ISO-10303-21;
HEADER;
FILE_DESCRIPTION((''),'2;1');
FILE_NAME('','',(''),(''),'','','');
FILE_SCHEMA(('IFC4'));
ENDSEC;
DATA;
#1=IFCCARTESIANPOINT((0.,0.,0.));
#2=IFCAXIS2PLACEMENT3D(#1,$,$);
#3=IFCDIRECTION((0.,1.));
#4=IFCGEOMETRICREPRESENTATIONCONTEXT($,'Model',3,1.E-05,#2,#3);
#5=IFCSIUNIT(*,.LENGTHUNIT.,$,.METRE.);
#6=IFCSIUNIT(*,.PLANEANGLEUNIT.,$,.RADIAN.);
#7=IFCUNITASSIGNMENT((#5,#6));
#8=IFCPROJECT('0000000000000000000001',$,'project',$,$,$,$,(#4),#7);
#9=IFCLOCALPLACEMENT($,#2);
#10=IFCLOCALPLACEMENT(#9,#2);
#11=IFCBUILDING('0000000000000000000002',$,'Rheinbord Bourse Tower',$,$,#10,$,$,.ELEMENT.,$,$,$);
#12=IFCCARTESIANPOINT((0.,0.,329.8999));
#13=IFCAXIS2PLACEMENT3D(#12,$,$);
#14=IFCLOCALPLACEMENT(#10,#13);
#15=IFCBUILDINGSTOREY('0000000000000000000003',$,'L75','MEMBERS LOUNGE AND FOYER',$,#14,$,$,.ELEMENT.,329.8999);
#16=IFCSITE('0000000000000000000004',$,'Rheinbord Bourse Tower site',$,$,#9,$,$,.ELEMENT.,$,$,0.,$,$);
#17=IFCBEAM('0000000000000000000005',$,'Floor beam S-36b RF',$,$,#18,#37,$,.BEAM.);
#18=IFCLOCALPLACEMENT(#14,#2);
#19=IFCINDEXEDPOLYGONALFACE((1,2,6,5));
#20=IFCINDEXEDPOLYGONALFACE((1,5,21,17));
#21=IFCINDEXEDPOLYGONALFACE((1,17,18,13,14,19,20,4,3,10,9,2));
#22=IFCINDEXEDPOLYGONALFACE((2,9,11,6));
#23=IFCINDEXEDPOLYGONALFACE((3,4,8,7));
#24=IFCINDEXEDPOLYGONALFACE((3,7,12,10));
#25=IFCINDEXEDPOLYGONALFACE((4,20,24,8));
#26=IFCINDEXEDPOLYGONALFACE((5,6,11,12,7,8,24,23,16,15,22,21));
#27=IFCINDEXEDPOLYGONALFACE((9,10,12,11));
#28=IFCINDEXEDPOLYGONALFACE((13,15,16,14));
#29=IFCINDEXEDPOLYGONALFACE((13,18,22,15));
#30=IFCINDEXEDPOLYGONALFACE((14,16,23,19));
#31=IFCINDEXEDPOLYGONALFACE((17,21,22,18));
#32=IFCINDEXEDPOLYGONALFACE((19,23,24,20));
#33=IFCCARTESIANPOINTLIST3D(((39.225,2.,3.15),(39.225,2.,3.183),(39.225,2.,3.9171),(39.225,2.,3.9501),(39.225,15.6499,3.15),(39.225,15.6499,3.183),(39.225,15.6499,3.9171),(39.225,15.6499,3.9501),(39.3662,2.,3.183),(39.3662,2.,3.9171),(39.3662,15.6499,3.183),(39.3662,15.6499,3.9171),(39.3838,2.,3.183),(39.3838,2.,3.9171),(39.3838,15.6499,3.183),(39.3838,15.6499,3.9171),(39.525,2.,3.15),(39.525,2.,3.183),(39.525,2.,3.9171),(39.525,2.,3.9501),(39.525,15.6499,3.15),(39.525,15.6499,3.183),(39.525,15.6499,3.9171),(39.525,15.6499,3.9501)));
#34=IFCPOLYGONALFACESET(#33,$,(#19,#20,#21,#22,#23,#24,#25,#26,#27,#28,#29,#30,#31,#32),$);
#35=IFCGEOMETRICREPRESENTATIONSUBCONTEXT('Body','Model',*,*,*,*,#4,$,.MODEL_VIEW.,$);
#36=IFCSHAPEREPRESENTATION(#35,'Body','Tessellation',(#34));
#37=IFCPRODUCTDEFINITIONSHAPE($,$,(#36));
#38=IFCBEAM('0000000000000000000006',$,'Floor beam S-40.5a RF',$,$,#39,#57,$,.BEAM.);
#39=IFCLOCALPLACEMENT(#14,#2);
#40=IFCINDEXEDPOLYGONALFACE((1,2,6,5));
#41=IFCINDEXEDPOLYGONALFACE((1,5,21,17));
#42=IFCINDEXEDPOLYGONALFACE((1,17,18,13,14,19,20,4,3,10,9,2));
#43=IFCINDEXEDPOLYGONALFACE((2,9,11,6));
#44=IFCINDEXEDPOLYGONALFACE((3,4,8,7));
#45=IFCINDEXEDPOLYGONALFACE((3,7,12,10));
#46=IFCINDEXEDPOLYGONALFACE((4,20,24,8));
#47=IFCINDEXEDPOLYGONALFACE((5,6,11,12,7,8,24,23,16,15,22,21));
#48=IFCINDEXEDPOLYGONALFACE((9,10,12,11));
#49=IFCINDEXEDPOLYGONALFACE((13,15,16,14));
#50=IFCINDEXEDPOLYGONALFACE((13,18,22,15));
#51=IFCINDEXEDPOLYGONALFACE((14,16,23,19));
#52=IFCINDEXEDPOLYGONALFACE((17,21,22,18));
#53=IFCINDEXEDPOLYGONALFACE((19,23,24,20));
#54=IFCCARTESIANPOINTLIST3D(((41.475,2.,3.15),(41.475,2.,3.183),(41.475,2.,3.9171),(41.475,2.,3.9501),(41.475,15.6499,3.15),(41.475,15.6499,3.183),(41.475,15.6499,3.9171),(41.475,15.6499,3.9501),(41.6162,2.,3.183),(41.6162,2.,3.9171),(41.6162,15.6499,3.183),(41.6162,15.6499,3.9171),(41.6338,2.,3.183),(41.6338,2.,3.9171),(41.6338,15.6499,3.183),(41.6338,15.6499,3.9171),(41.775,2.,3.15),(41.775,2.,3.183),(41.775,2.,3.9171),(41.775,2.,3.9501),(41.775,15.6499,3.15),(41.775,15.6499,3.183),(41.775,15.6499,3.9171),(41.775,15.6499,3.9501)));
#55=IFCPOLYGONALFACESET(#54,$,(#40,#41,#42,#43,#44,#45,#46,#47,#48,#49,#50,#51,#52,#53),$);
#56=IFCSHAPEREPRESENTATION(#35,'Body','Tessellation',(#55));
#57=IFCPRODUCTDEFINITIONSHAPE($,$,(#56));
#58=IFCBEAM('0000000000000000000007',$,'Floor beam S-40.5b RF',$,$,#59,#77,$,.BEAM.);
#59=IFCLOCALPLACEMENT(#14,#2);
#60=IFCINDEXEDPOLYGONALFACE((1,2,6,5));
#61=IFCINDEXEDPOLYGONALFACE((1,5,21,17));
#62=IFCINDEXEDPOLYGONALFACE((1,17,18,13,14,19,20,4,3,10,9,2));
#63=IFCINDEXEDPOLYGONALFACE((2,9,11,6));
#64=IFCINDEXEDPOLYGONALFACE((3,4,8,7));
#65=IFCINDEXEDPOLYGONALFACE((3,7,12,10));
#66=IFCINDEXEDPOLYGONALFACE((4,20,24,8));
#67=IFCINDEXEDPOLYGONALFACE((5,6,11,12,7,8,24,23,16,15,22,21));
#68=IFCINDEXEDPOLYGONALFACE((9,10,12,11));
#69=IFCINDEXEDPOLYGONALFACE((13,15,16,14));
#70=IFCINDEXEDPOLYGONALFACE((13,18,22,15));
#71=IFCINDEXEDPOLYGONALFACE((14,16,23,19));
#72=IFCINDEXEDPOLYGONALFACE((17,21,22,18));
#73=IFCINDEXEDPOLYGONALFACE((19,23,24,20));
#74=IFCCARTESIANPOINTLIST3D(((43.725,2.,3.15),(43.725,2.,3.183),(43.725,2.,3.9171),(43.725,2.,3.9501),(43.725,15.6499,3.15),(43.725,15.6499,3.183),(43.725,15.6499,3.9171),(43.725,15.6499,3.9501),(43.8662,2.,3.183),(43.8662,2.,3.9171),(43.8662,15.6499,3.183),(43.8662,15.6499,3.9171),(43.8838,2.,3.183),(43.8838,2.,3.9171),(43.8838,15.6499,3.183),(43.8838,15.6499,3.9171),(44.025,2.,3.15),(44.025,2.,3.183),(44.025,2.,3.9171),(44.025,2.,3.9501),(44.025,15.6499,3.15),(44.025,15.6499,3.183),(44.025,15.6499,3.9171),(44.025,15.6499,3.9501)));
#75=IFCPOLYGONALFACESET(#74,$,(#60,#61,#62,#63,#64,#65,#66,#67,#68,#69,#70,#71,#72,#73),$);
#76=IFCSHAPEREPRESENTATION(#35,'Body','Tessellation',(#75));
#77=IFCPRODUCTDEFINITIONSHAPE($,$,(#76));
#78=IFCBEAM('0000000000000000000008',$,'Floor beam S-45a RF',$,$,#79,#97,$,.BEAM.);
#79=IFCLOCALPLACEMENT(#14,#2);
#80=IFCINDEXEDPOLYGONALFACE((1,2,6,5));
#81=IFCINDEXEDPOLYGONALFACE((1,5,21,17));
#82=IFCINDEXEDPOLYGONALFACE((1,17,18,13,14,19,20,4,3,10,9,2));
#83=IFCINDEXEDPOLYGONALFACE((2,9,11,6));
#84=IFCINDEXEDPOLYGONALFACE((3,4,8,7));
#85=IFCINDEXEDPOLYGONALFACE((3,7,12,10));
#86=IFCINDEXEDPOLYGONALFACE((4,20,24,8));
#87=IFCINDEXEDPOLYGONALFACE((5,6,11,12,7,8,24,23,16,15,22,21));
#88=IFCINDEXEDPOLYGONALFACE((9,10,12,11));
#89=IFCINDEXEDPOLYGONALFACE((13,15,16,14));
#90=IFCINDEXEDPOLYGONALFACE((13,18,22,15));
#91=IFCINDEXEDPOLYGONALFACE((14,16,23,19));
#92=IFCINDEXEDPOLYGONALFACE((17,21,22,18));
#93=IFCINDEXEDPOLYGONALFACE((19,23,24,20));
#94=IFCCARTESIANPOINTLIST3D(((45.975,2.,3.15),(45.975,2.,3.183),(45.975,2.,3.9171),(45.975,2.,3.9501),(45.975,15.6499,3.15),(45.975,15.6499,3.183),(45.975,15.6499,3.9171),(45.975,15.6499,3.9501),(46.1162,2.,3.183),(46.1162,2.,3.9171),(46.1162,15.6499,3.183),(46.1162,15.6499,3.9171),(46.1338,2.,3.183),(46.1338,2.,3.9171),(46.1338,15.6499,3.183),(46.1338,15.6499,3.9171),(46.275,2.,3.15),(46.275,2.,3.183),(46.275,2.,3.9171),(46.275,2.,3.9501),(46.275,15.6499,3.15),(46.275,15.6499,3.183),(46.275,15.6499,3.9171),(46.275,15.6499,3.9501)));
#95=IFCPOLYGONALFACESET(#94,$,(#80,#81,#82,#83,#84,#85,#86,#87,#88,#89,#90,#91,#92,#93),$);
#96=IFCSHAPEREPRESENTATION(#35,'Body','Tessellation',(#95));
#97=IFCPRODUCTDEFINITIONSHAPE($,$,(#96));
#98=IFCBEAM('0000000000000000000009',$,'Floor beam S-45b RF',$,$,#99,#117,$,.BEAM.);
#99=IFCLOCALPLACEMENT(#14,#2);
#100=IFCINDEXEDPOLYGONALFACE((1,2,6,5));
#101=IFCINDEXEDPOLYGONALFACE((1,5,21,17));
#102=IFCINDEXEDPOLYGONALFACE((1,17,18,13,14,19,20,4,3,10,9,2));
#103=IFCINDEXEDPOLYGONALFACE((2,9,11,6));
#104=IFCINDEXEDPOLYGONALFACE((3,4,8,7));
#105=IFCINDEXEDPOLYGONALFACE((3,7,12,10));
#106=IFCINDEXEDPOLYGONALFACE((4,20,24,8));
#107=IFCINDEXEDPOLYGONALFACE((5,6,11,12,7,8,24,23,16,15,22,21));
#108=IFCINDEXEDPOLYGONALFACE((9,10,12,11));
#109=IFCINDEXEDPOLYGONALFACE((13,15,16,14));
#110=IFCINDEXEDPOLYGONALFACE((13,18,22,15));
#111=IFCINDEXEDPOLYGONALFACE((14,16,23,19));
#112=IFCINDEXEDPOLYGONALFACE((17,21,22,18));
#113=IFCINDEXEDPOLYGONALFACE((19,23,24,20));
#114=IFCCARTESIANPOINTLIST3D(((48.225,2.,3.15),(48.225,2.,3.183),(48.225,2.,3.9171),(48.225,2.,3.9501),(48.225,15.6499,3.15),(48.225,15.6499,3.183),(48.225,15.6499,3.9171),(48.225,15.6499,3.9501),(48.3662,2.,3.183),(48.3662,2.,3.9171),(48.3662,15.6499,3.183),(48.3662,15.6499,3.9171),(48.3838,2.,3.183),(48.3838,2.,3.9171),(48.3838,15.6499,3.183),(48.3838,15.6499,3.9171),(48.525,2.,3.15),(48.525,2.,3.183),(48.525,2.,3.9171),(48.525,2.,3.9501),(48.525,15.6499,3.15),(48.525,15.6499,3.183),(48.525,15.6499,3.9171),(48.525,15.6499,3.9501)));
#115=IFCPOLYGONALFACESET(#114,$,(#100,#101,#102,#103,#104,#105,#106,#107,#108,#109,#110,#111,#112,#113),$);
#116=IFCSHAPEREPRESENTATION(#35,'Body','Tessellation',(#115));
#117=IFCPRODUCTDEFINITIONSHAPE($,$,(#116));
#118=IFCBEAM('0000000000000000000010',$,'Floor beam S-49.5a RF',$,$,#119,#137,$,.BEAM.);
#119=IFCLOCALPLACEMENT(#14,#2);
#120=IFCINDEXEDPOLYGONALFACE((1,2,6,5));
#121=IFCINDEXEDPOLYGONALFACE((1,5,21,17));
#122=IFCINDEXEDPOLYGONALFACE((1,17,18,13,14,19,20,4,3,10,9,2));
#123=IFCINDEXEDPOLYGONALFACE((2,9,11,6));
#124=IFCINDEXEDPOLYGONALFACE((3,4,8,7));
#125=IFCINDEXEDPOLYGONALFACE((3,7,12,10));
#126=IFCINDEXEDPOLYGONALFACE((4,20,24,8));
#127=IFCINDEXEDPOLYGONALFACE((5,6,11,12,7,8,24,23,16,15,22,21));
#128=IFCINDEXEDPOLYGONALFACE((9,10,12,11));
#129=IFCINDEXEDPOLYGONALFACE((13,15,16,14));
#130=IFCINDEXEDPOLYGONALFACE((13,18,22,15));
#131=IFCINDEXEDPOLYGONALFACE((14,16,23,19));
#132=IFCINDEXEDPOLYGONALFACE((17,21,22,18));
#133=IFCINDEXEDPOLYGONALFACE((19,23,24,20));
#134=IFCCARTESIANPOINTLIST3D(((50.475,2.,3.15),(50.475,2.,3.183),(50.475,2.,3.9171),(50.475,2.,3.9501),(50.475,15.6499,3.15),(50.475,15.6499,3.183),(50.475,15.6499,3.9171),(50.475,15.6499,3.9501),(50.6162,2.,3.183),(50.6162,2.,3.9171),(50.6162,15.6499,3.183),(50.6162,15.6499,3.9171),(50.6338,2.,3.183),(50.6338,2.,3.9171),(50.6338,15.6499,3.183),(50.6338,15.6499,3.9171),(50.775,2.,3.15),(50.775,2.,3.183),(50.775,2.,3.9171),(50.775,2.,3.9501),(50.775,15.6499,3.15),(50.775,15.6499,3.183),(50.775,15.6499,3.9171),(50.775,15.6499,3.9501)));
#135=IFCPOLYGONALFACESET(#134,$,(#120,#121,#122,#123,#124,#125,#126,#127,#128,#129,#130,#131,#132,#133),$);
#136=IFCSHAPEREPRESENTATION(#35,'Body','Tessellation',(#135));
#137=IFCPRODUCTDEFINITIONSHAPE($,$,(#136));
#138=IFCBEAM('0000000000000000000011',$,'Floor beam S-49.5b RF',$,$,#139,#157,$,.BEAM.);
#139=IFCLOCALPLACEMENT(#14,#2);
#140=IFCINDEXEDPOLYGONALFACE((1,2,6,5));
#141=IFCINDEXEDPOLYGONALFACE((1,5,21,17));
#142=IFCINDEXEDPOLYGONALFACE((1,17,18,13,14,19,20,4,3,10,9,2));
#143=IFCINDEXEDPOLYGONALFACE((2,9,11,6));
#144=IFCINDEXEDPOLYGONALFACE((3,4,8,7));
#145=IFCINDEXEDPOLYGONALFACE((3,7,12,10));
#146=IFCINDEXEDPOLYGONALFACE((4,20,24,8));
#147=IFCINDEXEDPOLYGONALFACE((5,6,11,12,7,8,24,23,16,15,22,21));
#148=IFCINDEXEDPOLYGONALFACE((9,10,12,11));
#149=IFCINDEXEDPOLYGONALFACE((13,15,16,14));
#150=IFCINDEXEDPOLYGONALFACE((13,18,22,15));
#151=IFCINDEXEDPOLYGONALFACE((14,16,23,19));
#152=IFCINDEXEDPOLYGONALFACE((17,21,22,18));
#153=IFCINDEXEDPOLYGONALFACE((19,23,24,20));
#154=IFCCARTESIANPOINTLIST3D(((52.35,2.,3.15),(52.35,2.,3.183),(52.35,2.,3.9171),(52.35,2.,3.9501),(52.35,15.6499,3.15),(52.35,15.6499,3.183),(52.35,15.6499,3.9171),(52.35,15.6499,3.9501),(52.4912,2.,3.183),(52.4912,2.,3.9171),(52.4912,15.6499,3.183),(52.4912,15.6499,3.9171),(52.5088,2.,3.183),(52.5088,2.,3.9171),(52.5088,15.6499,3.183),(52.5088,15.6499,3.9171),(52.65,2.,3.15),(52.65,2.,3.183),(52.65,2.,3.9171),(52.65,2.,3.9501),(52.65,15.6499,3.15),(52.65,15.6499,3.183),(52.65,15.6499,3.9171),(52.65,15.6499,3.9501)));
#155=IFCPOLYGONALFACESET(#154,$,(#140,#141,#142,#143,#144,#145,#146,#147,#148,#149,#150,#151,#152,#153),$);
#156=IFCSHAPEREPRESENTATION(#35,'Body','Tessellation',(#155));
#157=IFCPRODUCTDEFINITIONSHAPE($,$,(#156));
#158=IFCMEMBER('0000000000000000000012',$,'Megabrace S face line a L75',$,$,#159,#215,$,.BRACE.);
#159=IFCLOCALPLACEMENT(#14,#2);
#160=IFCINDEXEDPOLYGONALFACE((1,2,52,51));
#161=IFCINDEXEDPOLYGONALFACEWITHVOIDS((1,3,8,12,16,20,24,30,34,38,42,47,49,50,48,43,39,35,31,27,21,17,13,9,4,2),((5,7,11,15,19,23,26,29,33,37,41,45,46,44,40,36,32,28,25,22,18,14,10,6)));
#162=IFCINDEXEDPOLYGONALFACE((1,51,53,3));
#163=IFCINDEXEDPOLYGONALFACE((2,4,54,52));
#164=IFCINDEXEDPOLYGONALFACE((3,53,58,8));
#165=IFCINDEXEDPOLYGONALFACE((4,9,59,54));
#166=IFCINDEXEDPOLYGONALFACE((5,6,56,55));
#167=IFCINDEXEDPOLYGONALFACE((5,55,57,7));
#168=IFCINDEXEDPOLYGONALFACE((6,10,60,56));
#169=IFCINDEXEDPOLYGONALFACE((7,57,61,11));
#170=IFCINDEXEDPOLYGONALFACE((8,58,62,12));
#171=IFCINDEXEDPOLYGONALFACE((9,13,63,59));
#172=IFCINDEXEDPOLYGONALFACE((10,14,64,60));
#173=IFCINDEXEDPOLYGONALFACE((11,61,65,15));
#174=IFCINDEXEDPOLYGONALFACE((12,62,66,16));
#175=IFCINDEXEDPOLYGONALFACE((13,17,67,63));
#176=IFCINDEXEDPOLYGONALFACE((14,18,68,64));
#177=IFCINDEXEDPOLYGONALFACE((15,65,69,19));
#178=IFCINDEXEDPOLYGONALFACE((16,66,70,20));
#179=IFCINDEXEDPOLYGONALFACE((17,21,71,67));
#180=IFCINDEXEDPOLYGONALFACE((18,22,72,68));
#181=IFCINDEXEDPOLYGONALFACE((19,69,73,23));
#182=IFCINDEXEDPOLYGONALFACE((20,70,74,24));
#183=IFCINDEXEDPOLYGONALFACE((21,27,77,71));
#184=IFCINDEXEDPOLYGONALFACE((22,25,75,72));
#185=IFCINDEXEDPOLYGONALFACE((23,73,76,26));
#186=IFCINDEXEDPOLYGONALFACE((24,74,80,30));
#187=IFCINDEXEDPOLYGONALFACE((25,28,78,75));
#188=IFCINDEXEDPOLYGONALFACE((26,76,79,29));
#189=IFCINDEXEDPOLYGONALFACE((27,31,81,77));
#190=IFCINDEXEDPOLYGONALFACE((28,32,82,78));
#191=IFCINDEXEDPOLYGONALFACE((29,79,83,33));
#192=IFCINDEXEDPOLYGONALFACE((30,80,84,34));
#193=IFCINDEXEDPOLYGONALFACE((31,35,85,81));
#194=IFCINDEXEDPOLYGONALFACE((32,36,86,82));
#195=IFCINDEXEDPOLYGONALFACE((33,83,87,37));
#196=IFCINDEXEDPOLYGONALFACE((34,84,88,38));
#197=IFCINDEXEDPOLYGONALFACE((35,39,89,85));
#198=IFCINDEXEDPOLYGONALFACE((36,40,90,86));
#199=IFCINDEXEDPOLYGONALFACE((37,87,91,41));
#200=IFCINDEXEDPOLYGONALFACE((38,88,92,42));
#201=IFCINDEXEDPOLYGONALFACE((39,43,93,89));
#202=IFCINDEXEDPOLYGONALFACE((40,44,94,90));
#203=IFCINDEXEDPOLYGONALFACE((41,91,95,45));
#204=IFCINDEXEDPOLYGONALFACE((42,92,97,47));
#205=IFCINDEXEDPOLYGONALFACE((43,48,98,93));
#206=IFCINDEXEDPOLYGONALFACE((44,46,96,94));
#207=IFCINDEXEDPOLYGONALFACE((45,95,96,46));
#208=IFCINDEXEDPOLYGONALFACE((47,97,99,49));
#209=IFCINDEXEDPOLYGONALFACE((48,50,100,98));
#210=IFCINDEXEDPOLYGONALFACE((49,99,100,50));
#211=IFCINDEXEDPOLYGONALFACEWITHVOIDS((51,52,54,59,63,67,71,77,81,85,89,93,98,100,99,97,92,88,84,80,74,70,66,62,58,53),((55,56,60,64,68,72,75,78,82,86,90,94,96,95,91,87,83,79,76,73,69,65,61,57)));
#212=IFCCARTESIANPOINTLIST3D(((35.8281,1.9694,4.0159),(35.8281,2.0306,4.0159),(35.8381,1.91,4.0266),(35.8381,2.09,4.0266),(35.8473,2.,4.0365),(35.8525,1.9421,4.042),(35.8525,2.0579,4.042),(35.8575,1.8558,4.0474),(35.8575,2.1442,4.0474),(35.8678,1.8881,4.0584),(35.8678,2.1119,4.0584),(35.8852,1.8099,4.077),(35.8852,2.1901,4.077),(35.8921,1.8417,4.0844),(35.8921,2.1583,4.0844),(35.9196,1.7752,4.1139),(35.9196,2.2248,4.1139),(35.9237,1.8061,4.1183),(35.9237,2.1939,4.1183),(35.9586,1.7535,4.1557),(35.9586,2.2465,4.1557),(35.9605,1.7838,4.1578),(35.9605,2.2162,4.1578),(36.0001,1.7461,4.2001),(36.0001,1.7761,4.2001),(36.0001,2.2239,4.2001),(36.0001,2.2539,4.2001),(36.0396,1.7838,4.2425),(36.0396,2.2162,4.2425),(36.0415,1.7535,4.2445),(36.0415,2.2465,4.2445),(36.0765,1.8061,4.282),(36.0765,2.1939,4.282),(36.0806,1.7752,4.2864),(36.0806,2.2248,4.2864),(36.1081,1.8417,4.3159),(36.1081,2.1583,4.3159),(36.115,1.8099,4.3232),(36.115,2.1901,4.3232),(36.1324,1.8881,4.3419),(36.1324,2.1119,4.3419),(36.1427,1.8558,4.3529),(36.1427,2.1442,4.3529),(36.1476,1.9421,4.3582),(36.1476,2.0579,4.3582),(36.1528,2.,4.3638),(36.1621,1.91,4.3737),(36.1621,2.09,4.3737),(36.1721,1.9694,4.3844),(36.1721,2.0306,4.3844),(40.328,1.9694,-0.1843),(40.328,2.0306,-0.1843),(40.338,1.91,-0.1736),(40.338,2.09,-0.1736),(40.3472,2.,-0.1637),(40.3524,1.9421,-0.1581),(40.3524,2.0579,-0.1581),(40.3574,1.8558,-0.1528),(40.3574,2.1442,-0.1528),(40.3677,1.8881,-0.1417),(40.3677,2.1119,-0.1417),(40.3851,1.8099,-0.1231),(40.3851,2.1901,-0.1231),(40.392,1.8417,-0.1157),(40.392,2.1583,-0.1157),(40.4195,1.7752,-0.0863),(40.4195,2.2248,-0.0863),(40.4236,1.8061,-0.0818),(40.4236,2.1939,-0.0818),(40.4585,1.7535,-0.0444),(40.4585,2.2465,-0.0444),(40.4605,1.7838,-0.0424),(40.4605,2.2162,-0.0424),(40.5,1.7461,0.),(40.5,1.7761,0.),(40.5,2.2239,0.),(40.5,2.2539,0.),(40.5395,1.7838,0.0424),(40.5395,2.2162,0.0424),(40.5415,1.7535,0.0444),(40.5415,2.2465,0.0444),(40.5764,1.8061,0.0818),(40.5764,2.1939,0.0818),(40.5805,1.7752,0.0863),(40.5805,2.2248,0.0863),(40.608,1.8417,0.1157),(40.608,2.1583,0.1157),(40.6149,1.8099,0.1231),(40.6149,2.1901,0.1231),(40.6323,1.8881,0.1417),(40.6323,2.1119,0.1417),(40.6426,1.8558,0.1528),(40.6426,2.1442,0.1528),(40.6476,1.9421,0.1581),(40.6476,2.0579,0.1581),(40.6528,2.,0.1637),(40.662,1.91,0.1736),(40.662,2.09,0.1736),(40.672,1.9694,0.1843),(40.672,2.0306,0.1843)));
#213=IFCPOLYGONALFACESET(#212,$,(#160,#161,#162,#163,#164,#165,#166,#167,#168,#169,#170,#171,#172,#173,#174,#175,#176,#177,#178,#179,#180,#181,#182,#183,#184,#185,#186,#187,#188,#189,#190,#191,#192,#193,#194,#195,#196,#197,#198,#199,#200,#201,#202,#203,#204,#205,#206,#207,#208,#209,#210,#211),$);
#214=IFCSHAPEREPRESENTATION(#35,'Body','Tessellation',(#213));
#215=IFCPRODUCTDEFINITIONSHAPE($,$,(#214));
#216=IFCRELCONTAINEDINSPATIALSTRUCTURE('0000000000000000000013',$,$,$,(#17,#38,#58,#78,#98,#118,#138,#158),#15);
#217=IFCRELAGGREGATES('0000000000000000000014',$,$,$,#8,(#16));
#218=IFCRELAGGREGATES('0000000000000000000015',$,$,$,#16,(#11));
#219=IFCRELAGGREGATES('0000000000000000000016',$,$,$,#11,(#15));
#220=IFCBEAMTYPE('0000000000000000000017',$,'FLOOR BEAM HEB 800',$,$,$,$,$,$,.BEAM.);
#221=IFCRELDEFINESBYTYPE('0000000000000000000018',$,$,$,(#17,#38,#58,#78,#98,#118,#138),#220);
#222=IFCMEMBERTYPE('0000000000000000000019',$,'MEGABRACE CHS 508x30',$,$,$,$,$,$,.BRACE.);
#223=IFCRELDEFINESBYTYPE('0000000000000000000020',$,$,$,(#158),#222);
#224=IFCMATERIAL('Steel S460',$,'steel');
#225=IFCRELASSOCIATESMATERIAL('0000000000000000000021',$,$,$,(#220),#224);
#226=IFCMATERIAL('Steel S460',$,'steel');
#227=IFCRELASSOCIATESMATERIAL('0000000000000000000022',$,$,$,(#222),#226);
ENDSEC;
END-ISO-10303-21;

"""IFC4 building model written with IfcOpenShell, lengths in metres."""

from ifc_helpers import new_model, si_unit, direction, frame, origin, origin_2d, place, context, subcontext, project, spatial, hollow_circle, i_section, extrude, material, material_profile, profile_set, type_object, element, save


model = new_model("IFC4")

# Units and contexts
model_context = context("Model", 3, precision=1e-05, world=origin(), true_north=direction((0.0, 1.0)))
body_context = subcontext(model_context, "Body", "Model", "MODEL_VIEW")
ifc_project = project(units=[si_unit("LENGTHUNIT", "METRE"), si_unit("PLANEANGLEUNIT", "RADIAN")], contexts=[model_context])

# Site, building, storey
site_placement = place(None, origin())
site = spatial("IfcSite", under=ifc_project, at=site_placement, Name="Rheinbord Bourse Tower site", CompositionType="ELEMENT", RefElevation=0.0)
building_placement = place(site_placement, origin())
building = spatial("IfcBuilding", under=site, at=building_placement, Name="Rheinbord Bourse Tower", CompositionType="ELEMENT")
storey_placement = place(building_placement, frame((0.0, 0.0, 329.8999)))
storey = spatial("IfcBuildingStorey", under=building, at=storey_placement, Name="L75", Description="MEMBERS LOUNGE AND FOYER", CompositionType="ELEMENT", Elevation=329.8999)

# Beams
ifc_material_1 = material(Name="Steel S460", Category="steel")
ifc_material_profile_1 = material_profile(ifc_material_1, i_section(OverallWidth=0.3, OverallDepth=0.8, WebThickness=0.0176, FlangeThickness=0.033, at=origin_2d()), Name="HEB 800")
ifc_profile_set_1 = profile_set([ifc_material_profile_1], Name="Steel S460")
beam_type_1 = type_object("IfcBeamType", Name="FLOOR BEAM HEB 800", PredefinedType="BEAM", material=ifc_profile_set_1)
for number, where, z_axis, x_axis, name in (
    (1, (39.375, 2.0, 3.55), (0.0, 1.0, 0.0), (-1.0, 0.0, 0.0), "Floor beam S-36b RF"),
    (2, (41.625, 2.0, 3.55), (0.0, 1.0, 0.0), (-1.0, 0.0, 0.0), "Floor beam S-40.5a RF"),
    (3, (43.875, 2.0, 3.55), (0.0, 1.0, 0.0), (-1.0, 0.0, 0.0), "Floor beam S-40.5b RF"),
    (4, (46.125, 2.0, 3.55), (0.0, 1.0, 0.0), (-1.0, 0.0, 0.0), "Floor beam S-45a RF"),
    (5, (48.375, 2.0, 3.55), (0.0, 1.0, 0.0), (-1.0, 0.0, 0.0), "Floor beam S-45b RF"),
    (6, (50.625, 2.0, 3.55), (0.0, 1.0, 0.0), (-1.0, 0.0, 0.0), "Floor beam S-49.5a RF"),
    (7, (52.5, 2.0, 3.55), (0.0, 1.0, 0.0), (-1.0, 0.0, 0.0), "Floor beam S-49.5b RF"),
):
    element("IfcBeam", number, at=place(storey_placement, frame(where, z_axis=z_axis, x_axis=x_axis)), inside=storey, type_object=beam_type_1, Name=name, PredefinedType="BEAM", context=body_context, shape_type="SweptSolid", body=[
        extrude(i_section(OverallWidth=0.3, OverallDepth=0.8, WebThickness=0.0176, FlangeThickness=0.033, at=origin_2d()), origin(), (0.0, 0.0, 1.0), 13.6499),
    ])

# Member
ifc_material_2 = material(Name="Steel S460", Category="steel")
ifc_material_profile_2 = material_profile(ifc_material_2, hollow_circle(Radius=0.2539, WallThickness=0.03, at=origin_2d()), Name="CHS 508x30")
ifc_profile_set_2 = profile_set([ifc_material_profile_2], Name="Steel S460")
member_type_1 = type_object("IfcMemberType", Name="MEGABRACE CHS 508x30", PredefinedType="BRACE", material=ifc_profile_set_2)
member_1_placement = place(storey_placement, frame((40.5, 2.0, 0.0), z_axis=(-0.731039, 0.0, 0.682335), x_axis=(0.0, -1.0, 0.0)))
element("IfcMember", 8, at=member_1_placement, inside=storey, type_object=member_type_1, Name="Megabrace S face line a L75", PredefinedType="BRACE", context=body_context, shape_type="SweptSolid", body=[
    extrude(hollow_circle(Radius=0.2539, WallThickness=0.03, at=origin_2d()), origin(), (0.0, 0.0, 1.0), 6.1555),
])

save(model, "model.ifc")
